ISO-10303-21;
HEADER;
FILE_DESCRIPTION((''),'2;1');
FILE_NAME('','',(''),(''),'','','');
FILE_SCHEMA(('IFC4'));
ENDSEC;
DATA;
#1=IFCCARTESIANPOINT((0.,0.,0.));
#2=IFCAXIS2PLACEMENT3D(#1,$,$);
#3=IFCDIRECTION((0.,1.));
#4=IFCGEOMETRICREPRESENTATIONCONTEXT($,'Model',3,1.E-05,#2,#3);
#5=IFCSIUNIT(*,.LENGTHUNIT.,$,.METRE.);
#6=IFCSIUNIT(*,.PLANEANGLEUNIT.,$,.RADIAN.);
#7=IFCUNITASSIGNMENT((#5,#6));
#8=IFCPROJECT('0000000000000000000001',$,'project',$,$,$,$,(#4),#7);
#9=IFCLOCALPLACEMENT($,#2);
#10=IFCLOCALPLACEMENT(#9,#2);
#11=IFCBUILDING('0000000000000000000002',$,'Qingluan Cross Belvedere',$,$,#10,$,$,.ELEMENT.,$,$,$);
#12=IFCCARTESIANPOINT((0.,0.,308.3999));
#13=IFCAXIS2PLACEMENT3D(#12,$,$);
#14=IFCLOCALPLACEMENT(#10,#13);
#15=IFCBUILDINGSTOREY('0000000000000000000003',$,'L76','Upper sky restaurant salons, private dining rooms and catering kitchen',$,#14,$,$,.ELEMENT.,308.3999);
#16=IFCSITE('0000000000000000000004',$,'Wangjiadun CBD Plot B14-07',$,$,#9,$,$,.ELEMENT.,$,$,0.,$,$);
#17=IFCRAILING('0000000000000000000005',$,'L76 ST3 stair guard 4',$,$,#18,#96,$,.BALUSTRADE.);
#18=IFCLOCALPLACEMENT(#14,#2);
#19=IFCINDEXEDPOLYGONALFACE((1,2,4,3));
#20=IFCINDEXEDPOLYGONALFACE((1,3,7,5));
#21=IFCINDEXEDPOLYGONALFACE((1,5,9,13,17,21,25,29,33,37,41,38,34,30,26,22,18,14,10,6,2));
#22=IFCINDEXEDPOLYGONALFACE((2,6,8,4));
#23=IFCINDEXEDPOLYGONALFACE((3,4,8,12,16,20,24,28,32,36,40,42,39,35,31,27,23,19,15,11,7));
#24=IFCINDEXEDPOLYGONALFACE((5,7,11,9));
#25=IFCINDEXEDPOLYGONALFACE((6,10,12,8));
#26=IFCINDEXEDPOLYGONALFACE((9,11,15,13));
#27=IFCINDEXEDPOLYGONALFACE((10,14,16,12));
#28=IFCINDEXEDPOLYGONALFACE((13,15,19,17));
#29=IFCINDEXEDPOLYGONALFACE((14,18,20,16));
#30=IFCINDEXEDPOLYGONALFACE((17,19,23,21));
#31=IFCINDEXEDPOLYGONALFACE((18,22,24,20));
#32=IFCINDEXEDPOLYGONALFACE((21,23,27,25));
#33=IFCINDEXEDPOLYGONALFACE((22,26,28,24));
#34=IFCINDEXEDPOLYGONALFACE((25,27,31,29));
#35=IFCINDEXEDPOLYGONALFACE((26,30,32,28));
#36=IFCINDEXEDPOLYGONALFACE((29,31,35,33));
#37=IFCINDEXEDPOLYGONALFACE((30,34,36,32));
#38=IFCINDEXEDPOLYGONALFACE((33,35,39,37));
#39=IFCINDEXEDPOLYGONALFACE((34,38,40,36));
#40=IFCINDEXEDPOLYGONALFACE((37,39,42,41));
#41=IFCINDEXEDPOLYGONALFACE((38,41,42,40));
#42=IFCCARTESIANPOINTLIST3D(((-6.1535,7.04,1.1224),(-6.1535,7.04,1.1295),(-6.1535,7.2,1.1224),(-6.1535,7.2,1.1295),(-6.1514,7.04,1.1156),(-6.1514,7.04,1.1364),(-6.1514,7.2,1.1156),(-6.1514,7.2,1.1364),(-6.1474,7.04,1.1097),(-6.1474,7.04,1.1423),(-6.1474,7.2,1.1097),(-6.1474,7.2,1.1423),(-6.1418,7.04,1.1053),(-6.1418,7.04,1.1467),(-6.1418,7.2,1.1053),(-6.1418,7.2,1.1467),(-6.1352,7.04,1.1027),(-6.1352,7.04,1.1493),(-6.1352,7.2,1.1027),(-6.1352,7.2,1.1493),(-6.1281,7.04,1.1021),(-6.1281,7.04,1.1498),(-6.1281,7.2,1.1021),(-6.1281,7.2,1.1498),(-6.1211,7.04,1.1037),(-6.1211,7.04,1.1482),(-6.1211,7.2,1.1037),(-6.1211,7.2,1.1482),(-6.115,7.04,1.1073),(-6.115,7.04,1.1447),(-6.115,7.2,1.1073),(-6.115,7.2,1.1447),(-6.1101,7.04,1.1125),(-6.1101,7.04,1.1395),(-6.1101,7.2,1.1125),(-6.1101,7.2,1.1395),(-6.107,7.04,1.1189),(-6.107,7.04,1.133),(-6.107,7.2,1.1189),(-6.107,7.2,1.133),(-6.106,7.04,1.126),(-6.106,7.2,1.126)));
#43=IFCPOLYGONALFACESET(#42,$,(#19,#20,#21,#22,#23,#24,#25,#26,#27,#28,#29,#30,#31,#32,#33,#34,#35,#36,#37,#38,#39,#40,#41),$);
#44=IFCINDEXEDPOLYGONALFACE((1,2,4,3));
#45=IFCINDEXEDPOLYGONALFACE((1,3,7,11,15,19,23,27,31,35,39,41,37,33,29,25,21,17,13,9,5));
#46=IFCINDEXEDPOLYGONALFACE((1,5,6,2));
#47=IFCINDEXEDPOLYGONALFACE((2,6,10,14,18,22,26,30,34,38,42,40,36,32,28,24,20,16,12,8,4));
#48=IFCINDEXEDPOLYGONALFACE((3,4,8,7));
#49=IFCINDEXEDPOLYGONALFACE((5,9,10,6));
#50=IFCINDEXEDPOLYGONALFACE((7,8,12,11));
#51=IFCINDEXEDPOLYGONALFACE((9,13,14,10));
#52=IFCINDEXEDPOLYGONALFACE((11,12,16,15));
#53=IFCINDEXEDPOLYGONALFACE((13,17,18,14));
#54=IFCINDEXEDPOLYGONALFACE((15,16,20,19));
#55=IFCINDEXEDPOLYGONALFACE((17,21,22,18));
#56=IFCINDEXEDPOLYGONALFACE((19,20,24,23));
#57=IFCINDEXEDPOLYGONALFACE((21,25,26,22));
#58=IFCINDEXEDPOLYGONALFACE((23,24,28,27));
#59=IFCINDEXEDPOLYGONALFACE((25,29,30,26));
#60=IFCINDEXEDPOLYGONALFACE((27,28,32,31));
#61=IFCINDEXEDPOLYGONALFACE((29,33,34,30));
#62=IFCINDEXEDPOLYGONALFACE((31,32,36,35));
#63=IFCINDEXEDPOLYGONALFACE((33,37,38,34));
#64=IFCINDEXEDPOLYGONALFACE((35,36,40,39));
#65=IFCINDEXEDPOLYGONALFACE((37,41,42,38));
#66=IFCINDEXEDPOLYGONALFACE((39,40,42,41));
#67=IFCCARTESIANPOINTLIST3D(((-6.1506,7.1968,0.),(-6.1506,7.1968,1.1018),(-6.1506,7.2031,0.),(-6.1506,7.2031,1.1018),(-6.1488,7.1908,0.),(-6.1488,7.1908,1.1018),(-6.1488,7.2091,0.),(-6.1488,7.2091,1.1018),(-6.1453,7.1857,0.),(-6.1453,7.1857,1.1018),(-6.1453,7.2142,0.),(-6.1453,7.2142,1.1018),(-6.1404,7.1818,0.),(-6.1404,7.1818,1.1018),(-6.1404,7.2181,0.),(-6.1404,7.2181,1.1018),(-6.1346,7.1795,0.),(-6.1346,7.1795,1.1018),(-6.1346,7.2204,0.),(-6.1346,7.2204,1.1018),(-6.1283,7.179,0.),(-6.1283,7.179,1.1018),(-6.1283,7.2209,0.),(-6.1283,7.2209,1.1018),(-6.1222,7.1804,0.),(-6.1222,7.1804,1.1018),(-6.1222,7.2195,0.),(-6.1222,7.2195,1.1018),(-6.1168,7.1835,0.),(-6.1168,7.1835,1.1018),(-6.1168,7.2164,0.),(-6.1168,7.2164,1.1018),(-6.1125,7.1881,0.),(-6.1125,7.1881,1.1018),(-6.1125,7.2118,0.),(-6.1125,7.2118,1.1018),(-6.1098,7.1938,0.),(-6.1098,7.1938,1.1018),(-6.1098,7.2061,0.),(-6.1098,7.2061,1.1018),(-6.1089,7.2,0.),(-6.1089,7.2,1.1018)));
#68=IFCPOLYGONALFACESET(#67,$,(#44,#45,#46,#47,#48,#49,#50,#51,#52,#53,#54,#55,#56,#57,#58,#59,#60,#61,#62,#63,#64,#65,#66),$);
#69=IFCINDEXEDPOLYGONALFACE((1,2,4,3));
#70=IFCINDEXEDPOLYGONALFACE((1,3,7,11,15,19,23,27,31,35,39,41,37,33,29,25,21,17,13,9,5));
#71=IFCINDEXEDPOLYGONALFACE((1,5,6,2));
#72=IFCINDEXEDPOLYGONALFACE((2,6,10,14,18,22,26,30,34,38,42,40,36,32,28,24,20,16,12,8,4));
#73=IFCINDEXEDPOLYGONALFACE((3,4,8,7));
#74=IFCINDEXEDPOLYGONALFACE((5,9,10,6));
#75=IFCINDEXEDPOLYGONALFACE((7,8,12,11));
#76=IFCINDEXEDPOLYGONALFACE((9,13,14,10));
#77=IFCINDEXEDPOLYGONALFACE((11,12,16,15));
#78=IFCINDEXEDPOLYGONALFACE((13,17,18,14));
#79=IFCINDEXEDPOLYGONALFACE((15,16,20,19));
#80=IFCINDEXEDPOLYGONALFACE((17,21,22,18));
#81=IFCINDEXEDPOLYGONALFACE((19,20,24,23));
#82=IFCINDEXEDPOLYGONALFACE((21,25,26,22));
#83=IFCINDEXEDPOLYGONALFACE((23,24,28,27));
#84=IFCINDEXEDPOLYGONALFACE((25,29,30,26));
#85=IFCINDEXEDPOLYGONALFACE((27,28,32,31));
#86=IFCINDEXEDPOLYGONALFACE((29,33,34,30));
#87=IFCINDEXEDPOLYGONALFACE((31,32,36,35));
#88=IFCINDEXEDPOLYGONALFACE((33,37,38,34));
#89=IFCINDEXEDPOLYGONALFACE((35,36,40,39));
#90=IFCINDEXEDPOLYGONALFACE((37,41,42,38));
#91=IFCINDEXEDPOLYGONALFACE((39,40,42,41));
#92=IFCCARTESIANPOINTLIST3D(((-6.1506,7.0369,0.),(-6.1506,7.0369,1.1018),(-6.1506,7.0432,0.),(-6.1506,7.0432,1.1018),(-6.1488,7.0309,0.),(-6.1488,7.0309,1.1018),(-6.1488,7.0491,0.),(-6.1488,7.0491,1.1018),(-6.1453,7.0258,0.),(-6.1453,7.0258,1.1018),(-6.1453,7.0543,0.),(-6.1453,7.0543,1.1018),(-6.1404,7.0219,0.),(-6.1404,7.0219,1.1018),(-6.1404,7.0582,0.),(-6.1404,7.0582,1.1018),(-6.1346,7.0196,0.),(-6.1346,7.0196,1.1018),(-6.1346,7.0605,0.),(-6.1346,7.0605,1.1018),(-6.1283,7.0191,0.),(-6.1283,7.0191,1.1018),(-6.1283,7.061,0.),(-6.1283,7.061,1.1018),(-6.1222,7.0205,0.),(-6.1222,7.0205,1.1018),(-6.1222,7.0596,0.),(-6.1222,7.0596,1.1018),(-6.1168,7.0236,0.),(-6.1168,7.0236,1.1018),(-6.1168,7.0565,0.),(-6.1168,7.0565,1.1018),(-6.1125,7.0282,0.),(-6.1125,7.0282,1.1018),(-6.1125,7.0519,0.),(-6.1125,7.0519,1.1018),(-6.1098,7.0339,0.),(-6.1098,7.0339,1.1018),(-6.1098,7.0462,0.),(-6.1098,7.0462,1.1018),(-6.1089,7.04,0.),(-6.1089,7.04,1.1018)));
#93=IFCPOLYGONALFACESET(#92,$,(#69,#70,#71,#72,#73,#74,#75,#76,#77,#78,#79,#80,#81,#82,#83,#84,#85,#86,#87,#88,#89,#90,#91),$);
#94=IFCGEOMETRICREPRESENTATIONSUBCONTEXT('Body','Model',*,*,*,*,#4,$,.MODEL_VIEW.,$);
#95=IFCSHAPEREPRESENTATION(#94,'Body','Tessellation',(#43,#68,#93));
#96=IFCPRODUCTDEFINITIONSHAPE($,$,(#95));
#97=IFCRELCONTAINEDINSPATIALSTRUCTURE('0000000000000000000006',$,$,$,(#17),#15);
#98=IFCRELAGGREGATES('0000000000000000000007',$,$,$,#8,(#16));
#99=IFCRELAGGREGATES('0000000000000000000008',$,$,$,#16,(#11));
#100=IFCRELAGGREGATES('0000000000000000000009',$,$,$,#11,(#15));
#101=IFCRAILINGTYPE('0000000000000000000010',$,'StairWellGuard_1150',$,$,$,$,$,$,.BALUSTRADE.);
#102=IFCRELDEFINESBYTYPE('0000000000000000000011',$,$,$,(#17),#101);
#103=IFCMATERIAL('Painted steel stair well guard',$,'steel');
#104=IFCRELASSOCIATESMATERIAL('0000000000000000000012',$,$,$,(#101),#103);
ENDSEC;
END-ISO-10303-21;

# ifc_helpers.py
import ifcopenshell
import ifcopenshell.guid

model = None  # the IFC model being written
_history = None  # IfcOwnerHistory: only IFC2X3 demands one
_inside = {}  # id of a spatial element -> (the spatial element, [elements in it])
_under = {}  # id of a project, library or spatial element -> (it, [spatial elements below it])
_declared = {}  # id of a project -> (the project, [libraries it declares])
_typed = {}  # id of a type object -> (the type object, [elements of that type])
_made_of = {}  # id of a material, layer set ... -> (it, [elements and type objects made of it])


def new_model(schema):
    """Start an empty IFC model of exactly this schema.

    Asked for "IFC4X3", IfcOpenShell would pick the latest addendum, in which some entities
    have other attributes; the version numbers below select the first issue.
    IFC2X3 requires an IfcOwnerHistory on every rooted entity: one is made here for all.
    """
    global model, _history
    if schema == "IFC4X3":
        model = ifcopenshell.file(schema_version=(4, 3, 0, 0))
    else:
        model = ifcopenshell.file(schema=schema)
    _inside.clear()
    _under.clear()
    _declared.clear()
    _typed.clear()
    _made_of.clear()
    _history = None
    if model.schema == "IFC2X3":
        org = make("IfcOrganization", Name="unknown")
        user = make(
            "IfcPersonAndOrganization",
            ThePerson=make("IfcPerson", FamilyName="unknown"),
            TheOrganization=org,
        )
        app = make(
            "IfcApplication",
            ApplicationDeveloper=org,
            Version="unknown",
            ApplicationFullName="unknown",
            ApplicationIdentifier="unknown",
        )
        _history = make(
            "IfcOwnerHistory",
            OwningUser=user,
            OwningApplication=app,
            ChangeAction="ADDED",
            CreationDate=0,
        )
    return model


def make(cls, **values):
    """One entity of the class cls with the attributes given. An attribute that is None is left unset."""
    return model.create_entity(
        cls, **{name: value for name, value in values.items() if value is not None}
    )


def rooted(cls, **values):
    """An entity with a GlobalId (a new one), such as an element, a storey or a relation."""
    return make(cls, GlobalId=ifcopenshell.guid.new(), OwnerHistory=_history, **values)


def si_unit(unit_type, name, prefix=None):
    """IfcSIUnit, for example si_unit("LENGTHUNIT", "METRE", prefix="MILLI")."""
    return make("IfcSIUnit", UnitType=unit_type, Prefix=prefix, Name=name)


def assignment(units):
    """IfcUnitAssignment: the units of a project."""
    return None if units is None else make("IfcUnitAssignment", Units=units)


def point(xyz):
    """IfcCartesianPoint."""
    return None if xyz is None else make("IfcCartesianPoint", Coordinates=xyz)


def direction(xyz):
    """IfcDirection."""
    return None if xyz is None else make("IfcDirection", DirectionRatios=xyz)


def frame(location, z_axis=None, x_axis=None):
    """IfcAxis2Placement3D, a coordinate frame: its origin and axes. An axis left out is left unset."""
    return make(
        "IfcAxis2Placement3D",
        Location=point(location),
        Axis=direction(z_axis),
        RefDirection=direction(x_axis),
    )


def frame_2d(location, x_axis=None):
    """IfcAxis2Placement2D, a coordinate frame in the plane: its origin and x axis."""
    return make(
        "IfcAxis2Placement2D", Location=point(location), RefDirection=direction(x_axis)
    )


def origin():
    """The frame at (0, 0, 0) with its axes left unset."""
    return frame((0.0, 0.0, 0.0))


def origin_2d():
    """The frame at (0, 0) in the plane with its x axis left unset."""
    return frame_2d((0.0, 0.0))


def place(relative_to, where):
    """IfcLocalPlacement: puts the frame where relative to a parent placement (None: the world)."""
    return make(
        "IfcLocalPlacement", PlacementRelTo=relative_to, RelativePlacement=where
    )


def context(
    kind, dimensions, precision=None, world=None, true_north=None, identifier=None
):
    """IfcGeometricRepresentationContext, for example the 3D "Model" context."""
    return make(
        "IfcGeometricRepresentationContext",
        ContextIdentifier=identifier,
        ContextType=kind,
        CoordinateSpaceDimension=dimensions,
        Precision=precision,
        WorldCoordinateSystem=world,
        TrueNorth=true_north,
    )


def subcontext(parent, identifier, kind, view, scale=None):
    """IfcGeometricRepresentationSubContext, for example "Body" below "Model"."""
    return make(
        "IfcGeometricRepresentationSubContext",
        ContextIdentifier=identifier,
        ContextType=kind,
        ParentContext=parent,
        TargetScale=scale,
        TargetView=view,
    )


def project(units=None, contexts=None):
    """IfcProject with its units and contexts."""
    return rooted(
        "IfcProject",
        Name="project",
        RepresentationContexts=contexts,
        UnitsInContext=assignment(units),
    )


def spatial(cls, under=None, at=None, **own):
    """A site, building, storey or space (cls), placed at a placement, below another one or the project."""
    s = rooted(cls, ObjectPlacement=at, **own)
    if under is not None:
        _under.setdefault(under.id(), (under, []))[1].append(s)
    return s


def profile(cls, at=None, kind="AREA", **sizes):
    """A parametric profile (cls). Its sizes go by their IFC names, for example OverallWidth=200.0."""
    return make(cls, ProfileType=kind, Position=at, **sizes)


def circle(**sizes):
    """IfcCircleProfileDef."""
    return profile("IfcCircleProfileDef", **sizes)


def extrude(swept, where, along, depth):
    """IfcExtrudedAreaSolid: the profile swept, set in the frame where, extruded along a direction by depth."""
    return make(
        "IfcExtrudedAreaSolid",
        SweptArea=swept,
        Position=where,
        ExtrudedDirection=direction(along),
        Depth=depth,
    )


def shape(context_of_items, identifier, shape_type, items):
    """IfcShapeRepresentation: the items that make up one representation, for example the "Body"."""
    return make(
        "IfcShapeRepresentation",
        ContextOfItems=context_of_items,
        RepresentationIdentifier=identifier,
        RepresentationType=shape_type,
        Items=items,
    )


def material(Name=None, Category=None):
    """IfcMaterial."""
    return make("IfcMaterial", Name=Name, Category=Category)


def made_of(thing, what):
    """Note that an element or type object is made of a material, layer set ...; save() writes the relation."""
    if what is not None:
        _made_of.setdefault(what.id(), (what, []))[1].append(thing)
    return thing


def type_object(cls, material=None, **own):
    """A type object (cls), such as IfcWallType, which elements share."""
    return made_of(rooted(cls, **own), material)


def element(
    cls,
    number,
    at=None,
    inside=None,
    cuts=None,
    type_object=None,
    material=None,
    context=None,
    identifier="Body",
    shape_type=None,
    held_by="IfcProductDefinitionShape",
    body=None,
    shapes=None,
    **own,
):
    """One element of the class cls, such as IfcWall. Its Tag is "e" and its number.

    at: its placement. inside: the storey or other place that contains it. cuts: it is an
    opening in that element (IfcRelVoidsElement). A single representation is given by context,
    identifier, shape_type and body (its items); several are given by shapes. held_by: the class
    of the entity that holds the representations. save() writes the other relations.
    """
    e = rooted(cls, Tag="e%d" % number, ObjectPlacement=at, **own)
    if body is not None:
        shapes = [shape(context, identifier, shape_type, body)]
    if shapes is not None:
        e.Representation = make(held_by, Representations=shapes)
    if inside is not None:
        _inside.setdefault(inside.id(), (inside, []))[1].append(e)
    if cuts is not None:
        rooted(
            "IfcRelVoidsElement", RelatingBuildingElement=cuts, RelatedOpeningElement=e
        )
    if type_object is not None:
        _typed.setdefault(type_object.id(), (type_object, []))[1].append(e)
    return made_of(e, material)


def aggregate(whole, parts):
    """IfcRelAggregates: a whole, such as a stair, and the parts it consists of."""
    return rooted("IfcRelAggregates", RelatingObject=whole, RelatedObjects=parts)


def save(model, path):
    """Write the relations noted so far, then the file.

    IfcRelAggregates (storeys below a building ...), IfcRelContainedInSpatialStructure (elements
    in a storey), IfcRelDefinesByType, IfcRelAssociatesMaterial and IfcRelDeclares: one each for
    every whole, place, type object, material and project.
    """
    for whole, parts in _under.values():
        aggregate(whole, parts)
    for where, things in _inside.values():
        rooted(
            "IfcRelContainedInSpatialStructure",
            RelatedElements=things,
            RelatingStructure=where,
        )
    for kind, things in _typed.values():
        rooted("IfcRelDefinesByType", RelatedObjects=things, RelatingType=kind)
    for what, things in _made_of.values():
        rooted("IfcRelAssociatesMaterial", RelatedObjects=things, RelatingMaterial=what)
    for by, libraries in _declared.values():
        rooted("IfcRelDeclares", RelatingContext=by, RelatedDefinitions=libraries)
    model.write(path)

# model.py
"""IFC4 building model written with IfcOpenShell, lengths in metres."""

from ifc_helpers import new_model, si_unit, direction, frame, origin, origin_2d, place, context, subcontext, project, spatial, circle, extrude, material, type_object, element, save


model = new_model("IFC4")

# Units and contexts
model_context = context("Model", 3, precision=1e-05, world=origin(), true_north=direction((0.0, 1.0)))
body_context = subcontext(model_context, "Body", "Model", "MODEL_VIEW")
ifc_project = project(units=[si_unit("LENGTHUNIT", "METRE"), si_unit("PLANEANGLEUNIT", "RADIAN")], contexts=[model_context])

# Site, building, storey
site_placement = place(None, origin())
site = spatial("IfcSite", under=ifc_project, at=site_placement, Name="Wangjiadun CBD Plot B14-07", CompositionType="ELEMENT", RefElevation=0.0)
building_placement = place(site_placement, origin())
building = spatial("IfcBuilding", under=site, at=building_placement, Name="Qingluan Cross Belvedere", CompositionType="ELEMENT")
storey_placement = place(building_placement, frame((0.0, 0.0, 308.3999)))
storey = spatial("IfcBuildingStorey", under=building, at=storey_placement, Name="L76", Description="Upper sky restaurant salons, private dining rooms and catering kitchen", CompositionType="ELEMENT", Elevation=308.3999)

# Railing
ifc_material_1 = material(Name="Painted steel stair well guard", Category="steel")
railing_type_1 = type_object("IfcRailingType", Name="StairWellGuard_1150", PredefinedType="BALUSTRADE", material=ifc_material_1)
railing_1_placement = place(storey_placement, frame((-6.1299, 7.2, 0.0)))
element("IfcRailing", 1, at=railing_1_placement, inside=storey, type_object=railing_type_1, Name="L76 ST3 stair guard 4", PredefinedType="BALUSTRADE", context=body_context, shape_type="SweptSolid", body=[
    extrude(circle(Radius=0.0239, at=origin_2d()), frame((0.0, 0.0, 1.126), z_axis=(0.0, -1.0, 0.0), x_axis=(1.0, 0.0, 0.0)), (0.0, 0.0, 1.0), 0.1599),
    extrude(circle(Radius=0.021, at=origin_2d()), origin(), (0.0, 0.0, 1.0), 1.1018),
    extrude(circle(Radius=0.021, at=origin_2d()), frame((0.0, -0.1599, 0.0)), (0.0, 0.0, 1.0), 1.1018),
])

save(model, "model.ifc")
